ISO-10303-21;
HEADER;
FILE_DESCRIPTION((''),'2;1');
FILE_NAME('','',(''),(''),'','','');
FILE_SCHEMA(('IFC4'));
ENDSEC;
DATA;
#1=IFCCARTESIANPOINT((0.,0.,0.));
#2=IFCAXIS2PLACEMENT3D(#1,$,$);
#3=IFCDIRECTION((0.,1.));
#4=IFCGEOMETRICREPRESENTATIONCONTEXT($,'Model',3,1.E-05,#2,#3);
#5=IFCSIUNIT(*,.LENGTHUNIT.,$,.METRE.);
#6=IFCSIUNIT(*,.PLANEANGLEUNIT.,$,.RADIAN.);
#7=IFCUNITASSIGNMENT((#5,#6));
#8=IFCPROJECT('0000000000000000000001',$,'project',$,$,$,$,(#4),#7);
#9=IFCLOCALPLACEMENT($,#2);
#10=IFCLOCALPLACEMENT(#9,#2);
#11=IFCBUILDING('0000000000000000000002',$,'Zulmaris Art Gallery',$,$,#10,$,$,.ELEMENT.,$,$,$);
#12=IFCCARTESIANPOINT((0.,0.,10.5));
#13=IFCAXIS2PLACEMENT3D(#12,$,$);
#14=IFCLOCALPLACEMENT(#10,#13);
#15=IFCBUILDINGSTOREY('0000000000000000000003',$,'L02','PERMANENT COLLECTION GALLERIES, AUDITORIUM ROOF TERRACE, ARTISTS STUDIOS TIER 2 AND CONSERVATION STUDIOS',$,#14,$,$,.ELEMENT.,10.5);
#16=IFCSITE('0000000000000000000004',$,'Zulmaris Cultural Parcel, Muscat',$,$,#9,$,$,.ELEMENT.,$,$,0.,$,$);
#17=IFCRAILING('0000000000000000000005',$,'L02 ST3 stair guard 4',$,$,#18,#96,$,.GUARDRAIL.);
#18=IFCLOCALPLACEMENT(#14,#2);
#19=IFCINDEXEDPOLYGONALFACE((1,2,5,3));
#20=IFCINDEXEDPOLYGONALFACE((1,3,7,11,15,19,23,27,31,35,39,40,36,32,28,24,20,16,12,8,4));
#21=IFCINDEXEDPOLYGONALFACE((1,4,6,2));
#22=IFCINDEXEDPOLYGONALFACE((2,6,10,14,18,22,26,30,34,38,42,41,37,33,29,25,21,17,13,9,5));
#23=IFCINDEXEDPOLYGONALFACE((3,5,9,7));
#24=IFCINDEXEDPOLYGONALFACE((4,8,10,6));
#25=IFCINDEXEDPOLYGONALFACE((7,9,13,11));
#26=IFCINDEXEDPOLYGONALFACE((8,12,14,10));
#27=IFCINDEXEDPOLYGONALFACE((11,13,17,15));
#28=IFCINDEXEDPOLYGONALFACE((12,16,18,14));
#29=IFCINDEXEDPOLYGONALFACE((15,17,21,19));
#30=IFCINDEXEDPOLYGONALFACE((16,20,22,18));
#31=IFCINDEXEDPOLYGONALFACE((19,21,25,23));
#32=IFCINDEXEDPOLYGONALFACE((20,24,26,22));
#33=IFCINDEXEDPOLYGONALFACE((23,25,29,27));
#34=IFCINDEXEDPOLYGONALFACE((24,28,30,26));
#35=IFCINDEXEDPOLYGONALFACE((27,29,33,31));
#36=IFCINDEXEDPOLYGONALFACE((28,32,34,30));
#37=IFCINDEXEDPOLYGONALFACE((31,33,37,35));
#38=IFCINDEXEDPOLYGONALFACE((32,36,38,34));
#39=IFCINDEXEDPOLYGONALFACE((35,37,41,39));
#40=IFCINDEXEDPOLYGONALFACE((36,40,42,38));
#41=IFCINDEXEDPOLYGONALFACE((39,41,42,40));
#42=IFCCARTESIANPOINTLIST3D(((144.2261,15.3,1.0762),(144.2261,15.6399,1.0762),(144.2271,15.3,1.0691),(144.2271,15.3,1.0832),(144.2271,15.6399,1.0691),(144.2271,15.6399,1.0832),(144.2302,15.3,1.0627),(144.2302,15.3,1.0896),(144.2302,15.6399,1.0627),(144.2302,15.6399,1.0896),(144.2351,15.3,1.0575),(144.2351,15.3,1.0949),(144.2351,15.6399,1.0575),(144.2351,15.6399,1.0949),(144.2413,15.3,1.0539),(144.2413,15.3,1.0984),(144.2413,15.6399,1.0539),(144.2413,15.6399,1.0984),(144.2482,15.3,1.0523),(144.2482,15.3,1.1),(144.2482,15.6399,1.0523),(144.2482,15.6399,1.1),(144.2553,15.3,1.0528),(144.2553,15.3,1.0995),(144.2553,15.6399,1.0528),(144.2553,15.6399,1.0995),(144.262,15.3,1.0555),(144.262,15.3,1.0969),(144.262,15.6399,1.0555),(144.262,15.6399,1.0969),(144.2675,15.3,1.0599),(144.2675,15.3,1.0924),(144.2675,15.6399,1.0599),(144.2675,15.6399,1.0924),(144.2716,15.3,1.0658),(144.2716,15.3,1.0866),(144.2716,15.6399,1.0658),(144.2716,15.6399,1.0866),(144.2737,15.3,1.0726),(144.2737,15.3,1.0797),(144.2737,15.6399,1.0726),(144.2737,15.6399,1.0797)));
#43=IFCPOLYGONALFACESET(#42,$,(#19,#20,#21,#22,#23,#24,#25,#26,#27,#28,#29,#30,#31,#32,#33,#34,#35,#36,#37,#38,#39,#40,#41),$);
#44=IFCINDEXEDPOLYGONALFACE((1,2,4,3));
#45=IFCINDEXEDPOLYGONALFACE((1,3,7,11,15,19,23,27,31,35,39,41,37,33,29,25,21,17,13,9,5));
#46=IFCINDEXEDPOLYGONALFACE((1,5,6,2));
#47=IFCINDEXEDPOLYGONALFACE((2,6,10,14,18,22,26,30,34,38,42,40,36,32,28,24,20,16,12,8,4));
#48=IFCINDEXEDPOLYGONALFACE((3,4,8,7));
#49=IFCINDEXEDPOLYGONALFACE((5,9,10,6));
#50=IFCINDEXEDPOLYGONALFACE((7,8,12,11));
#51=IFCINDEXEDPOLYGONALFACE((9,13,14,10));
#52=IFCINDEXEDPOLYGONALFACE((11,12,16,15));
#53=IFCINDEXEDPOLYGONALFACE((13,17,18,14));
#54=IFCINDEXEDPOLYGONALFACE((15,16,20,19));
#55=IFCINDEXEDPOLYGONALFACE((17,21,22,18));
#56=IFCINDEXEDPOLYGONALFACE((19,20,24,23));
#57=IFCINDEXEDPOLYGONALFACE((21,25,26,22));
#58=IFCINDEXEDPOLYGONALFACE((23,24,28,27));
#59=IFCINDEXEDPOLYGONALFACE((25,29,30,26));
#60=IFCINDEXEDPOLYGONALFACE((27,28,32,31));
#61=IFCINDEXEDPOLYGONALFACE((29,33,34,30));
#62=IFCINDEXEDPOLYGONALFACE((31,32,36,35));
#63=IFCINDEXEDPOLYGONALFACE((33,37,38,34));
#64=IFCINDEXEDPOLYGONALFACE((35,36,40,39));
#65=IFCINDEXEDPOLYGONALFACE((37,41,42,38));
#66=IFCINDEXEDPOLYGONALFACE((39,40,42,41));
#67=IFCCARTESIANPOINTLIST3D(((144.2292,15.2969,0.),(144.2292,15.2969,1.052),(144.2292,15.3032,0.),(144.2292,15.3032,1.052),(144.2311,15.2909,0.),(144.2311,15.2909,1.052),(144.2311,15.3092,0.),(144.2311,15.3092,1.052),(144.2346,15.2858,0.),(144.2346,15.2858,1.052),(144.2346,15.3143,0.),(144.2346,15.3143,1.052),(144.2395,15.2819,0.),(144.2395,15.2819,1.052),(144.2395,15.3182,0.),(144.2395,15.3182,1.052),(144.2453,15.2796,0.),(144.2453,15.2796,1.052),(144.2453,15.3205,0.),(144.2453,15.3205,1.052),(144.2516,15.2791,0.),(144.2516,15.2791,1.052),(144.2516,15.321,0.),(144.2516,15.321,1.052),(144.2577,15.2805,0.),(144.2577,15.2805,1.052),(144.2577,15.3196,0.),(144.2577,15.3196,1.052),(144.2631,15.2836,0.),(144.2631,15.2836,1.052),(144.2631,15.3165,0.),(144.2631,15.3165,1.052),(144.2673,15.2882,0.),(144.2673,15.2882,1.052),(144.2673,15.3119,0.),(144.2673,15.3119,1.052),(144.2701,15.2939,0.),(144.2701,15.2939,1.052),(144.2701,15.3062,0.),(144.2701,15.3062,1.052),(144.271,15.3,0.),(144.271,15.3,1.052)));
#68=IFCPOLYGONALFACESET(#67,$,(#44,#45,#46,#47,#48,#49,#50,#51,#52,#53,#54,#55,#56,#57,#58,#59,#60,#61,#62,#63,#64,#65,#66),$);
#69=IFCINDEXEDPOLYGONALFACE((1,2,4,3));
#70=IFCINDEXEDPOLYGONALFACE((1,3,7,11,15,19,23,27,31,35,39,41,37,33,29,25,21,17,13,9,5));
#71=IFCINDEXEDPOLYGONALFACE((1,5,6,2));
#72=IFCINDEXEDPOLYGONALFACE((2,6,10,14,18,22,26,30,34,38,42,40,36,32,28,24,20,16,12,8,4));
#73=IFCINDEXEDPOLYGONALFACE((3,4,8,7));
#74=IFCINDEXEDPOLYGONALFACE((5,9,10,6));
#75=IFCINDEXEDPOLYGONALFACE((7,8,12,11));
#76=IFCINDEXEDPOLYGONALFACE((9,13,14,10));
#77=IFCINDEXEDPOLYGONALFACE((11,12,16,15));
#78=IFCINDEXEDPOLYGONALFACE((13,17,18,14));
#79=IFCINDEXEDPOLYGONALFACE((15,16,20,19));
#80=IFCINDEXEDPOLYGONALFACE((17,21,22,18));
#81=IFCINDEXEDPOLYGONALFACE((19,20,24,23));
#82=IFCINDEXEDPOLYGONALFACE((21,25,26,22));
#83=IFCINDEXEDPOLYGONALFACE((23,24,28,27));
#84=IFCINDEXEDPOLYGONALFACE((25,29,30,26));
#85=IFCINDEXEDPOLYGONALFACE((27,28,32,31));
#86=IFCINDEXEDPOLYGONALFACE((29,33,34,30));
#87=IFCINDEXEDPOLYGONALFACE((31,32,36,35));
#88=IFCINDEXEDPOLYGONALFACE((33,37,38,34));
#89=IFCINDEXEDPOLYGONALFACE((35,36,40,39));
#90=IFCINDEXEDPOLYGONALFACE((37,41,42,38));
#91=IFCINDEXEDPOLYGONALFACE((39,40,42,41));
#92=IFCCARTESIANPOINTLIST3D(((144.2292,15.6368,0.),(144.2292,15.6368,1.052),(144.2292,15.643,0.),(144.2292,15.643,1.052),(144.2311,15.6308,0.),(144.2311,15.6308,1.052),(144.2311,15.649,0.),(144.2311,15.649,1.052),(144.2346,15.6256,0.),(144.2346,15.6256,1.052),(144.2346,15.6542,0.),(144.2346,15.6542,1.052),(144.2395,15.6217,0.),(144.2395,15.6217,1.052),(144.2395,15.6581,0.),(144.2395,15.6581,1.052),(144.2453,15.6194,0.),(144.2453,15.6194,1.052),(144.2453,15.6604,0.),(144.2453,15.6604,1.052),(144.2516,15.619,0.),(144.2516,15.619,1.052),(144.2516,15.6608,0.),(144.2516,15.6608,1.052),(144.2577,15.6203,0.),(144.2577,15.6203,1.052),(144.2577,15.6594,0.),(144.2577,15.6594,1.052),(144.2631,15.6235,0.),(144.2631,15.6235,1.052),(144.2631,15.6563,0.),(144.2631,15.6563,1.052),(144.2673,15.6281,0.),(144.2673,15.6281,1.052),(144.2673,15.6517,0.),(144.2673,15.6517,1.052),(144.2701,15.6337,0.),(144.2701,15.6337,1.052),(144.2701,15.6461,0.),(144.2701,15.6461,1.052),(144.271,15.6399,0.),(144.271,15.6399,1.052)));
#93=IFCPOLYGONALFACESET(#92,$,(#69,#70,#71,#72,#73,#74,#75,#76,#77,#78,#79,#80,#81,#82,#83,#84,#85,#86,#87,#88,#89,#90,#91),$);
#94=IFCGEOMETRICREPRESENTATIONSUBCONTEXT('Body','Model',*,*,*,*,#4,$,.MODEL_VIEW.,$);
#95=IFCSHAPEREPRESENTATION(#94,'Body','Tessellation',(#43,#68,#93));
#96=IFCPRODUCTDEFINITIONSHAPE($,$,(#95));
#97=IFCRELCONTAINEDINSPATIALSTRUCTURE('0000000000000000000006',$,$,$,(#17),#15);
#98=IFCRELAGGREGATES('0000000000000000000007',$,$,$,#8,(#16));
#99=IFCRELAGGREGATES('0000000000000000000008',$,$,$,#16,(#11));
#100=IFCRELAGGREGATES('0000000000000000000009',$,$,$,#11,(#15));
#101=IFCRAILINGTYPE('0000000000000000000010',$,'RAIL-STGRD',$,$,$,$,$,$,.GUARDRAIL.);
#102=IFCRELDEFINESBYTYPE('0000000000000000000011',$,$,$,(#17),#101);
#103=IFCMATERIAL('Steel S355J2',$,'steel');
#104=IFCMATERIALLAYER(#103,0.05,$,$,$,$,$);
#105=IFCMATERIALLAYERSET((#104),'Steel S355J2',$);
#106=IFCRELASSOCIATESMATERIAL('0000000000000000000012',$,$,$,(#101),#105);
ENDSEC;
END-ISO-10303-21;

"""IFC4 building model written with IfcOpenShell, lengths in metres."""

from ifc_helpers import new_model, si_unit, direction, frame, origin, origin_2d, place, context, subcontext, project, spatial, circle, extrude, material, layer, layer_set, type_object, element, save


model = new_model("IFC4")

# Units and contexts
model_context = context("Model", 3, precision=1e-05, world=origin(), true_north=direction((0.0, 1.0)))
body_context = subcontext(model_context, "Body", "Model", "MODEL_VIEW")
ifc_project = project(units=[si_unit("LENGTHUNIT", "METRE"), si_unit("PLANEANGLEUNIT", "RADIAN")], contexts=[model_context])

# Site, building, storey
site_placement = place(None, origin())
site = spatial("IfcSite", under=ifc_project, at=site_placement, Name="Zulmaris Cultural Parcel, Muscat", CompositionType="ELEMENT", RefElevation=0.0)
building_placement = place(site_placement, origin())
building = spatial("IfcBuilding", under=site, at=building_placement, Name="Zulmaris Art Gallery", CompositionType="ELEMENT")
storey_placement = place(building_placement, frame((0.0, 0.0, 10.5)))
storey = spatial("IfcBuildingStorey", under=building, at=storey_placement, Name="L02", Description="PERMANENT COLLECTION GALLERIES, AUDITORIUM ROOF TERRACE, ARTISTS STUDIOS TIER 2 AND CONSERVATION STUDIOS", CompositionType="ELEMENT", Elevation=10.5)

# Shared definitions
ifc_material_1 = material(Name="Steel S355J2", Category="steel")

# Railing
ifc_layer_1 = layer(ifc_material_1, 0.05)
ifc_layer_set_1 = layer_set([ifc_layer_1], Name="Steel S355J2")
railing_type_1 = type_object("IfcRailingType", Name="RAIL-STGRD", PredefinedType="GUARDRAIL", material=ifc_layer_set_1)
railing_1_placement = place(storey_placement, frame((144.25, 15.3, 0.0)))
element("IfcRailing", 1, at=railing_1_placement, inside=storey, type_object=railing_type_1, Name="L02 ST3 stair guard 4", PredefinedType="GUARDRAIL", context=body_context, shape_type="SweptSolid", body=[
    extrude(circle(Radius=0.0239, at=origin_2d()), frame((0.0, 0.0, 1.0762), z_axis=(0.0, 1.0, 0.0), x_axis=(-1.0, 0.0, 0.0)), (0.0, 0.0, 1.0), 0.3398),
    extrude(circle(Radius=0.021, at=origin_2d()), origin(), (0.0, 0.0, 1.0), 1.052),
    extrude(circle(Radius=0.021, at=origin_2d()), frame((0.0, 0.3398, 0.0)), (0.0, 0.0, 1.0), 1.052),
])

save(model, "model.ifc")
